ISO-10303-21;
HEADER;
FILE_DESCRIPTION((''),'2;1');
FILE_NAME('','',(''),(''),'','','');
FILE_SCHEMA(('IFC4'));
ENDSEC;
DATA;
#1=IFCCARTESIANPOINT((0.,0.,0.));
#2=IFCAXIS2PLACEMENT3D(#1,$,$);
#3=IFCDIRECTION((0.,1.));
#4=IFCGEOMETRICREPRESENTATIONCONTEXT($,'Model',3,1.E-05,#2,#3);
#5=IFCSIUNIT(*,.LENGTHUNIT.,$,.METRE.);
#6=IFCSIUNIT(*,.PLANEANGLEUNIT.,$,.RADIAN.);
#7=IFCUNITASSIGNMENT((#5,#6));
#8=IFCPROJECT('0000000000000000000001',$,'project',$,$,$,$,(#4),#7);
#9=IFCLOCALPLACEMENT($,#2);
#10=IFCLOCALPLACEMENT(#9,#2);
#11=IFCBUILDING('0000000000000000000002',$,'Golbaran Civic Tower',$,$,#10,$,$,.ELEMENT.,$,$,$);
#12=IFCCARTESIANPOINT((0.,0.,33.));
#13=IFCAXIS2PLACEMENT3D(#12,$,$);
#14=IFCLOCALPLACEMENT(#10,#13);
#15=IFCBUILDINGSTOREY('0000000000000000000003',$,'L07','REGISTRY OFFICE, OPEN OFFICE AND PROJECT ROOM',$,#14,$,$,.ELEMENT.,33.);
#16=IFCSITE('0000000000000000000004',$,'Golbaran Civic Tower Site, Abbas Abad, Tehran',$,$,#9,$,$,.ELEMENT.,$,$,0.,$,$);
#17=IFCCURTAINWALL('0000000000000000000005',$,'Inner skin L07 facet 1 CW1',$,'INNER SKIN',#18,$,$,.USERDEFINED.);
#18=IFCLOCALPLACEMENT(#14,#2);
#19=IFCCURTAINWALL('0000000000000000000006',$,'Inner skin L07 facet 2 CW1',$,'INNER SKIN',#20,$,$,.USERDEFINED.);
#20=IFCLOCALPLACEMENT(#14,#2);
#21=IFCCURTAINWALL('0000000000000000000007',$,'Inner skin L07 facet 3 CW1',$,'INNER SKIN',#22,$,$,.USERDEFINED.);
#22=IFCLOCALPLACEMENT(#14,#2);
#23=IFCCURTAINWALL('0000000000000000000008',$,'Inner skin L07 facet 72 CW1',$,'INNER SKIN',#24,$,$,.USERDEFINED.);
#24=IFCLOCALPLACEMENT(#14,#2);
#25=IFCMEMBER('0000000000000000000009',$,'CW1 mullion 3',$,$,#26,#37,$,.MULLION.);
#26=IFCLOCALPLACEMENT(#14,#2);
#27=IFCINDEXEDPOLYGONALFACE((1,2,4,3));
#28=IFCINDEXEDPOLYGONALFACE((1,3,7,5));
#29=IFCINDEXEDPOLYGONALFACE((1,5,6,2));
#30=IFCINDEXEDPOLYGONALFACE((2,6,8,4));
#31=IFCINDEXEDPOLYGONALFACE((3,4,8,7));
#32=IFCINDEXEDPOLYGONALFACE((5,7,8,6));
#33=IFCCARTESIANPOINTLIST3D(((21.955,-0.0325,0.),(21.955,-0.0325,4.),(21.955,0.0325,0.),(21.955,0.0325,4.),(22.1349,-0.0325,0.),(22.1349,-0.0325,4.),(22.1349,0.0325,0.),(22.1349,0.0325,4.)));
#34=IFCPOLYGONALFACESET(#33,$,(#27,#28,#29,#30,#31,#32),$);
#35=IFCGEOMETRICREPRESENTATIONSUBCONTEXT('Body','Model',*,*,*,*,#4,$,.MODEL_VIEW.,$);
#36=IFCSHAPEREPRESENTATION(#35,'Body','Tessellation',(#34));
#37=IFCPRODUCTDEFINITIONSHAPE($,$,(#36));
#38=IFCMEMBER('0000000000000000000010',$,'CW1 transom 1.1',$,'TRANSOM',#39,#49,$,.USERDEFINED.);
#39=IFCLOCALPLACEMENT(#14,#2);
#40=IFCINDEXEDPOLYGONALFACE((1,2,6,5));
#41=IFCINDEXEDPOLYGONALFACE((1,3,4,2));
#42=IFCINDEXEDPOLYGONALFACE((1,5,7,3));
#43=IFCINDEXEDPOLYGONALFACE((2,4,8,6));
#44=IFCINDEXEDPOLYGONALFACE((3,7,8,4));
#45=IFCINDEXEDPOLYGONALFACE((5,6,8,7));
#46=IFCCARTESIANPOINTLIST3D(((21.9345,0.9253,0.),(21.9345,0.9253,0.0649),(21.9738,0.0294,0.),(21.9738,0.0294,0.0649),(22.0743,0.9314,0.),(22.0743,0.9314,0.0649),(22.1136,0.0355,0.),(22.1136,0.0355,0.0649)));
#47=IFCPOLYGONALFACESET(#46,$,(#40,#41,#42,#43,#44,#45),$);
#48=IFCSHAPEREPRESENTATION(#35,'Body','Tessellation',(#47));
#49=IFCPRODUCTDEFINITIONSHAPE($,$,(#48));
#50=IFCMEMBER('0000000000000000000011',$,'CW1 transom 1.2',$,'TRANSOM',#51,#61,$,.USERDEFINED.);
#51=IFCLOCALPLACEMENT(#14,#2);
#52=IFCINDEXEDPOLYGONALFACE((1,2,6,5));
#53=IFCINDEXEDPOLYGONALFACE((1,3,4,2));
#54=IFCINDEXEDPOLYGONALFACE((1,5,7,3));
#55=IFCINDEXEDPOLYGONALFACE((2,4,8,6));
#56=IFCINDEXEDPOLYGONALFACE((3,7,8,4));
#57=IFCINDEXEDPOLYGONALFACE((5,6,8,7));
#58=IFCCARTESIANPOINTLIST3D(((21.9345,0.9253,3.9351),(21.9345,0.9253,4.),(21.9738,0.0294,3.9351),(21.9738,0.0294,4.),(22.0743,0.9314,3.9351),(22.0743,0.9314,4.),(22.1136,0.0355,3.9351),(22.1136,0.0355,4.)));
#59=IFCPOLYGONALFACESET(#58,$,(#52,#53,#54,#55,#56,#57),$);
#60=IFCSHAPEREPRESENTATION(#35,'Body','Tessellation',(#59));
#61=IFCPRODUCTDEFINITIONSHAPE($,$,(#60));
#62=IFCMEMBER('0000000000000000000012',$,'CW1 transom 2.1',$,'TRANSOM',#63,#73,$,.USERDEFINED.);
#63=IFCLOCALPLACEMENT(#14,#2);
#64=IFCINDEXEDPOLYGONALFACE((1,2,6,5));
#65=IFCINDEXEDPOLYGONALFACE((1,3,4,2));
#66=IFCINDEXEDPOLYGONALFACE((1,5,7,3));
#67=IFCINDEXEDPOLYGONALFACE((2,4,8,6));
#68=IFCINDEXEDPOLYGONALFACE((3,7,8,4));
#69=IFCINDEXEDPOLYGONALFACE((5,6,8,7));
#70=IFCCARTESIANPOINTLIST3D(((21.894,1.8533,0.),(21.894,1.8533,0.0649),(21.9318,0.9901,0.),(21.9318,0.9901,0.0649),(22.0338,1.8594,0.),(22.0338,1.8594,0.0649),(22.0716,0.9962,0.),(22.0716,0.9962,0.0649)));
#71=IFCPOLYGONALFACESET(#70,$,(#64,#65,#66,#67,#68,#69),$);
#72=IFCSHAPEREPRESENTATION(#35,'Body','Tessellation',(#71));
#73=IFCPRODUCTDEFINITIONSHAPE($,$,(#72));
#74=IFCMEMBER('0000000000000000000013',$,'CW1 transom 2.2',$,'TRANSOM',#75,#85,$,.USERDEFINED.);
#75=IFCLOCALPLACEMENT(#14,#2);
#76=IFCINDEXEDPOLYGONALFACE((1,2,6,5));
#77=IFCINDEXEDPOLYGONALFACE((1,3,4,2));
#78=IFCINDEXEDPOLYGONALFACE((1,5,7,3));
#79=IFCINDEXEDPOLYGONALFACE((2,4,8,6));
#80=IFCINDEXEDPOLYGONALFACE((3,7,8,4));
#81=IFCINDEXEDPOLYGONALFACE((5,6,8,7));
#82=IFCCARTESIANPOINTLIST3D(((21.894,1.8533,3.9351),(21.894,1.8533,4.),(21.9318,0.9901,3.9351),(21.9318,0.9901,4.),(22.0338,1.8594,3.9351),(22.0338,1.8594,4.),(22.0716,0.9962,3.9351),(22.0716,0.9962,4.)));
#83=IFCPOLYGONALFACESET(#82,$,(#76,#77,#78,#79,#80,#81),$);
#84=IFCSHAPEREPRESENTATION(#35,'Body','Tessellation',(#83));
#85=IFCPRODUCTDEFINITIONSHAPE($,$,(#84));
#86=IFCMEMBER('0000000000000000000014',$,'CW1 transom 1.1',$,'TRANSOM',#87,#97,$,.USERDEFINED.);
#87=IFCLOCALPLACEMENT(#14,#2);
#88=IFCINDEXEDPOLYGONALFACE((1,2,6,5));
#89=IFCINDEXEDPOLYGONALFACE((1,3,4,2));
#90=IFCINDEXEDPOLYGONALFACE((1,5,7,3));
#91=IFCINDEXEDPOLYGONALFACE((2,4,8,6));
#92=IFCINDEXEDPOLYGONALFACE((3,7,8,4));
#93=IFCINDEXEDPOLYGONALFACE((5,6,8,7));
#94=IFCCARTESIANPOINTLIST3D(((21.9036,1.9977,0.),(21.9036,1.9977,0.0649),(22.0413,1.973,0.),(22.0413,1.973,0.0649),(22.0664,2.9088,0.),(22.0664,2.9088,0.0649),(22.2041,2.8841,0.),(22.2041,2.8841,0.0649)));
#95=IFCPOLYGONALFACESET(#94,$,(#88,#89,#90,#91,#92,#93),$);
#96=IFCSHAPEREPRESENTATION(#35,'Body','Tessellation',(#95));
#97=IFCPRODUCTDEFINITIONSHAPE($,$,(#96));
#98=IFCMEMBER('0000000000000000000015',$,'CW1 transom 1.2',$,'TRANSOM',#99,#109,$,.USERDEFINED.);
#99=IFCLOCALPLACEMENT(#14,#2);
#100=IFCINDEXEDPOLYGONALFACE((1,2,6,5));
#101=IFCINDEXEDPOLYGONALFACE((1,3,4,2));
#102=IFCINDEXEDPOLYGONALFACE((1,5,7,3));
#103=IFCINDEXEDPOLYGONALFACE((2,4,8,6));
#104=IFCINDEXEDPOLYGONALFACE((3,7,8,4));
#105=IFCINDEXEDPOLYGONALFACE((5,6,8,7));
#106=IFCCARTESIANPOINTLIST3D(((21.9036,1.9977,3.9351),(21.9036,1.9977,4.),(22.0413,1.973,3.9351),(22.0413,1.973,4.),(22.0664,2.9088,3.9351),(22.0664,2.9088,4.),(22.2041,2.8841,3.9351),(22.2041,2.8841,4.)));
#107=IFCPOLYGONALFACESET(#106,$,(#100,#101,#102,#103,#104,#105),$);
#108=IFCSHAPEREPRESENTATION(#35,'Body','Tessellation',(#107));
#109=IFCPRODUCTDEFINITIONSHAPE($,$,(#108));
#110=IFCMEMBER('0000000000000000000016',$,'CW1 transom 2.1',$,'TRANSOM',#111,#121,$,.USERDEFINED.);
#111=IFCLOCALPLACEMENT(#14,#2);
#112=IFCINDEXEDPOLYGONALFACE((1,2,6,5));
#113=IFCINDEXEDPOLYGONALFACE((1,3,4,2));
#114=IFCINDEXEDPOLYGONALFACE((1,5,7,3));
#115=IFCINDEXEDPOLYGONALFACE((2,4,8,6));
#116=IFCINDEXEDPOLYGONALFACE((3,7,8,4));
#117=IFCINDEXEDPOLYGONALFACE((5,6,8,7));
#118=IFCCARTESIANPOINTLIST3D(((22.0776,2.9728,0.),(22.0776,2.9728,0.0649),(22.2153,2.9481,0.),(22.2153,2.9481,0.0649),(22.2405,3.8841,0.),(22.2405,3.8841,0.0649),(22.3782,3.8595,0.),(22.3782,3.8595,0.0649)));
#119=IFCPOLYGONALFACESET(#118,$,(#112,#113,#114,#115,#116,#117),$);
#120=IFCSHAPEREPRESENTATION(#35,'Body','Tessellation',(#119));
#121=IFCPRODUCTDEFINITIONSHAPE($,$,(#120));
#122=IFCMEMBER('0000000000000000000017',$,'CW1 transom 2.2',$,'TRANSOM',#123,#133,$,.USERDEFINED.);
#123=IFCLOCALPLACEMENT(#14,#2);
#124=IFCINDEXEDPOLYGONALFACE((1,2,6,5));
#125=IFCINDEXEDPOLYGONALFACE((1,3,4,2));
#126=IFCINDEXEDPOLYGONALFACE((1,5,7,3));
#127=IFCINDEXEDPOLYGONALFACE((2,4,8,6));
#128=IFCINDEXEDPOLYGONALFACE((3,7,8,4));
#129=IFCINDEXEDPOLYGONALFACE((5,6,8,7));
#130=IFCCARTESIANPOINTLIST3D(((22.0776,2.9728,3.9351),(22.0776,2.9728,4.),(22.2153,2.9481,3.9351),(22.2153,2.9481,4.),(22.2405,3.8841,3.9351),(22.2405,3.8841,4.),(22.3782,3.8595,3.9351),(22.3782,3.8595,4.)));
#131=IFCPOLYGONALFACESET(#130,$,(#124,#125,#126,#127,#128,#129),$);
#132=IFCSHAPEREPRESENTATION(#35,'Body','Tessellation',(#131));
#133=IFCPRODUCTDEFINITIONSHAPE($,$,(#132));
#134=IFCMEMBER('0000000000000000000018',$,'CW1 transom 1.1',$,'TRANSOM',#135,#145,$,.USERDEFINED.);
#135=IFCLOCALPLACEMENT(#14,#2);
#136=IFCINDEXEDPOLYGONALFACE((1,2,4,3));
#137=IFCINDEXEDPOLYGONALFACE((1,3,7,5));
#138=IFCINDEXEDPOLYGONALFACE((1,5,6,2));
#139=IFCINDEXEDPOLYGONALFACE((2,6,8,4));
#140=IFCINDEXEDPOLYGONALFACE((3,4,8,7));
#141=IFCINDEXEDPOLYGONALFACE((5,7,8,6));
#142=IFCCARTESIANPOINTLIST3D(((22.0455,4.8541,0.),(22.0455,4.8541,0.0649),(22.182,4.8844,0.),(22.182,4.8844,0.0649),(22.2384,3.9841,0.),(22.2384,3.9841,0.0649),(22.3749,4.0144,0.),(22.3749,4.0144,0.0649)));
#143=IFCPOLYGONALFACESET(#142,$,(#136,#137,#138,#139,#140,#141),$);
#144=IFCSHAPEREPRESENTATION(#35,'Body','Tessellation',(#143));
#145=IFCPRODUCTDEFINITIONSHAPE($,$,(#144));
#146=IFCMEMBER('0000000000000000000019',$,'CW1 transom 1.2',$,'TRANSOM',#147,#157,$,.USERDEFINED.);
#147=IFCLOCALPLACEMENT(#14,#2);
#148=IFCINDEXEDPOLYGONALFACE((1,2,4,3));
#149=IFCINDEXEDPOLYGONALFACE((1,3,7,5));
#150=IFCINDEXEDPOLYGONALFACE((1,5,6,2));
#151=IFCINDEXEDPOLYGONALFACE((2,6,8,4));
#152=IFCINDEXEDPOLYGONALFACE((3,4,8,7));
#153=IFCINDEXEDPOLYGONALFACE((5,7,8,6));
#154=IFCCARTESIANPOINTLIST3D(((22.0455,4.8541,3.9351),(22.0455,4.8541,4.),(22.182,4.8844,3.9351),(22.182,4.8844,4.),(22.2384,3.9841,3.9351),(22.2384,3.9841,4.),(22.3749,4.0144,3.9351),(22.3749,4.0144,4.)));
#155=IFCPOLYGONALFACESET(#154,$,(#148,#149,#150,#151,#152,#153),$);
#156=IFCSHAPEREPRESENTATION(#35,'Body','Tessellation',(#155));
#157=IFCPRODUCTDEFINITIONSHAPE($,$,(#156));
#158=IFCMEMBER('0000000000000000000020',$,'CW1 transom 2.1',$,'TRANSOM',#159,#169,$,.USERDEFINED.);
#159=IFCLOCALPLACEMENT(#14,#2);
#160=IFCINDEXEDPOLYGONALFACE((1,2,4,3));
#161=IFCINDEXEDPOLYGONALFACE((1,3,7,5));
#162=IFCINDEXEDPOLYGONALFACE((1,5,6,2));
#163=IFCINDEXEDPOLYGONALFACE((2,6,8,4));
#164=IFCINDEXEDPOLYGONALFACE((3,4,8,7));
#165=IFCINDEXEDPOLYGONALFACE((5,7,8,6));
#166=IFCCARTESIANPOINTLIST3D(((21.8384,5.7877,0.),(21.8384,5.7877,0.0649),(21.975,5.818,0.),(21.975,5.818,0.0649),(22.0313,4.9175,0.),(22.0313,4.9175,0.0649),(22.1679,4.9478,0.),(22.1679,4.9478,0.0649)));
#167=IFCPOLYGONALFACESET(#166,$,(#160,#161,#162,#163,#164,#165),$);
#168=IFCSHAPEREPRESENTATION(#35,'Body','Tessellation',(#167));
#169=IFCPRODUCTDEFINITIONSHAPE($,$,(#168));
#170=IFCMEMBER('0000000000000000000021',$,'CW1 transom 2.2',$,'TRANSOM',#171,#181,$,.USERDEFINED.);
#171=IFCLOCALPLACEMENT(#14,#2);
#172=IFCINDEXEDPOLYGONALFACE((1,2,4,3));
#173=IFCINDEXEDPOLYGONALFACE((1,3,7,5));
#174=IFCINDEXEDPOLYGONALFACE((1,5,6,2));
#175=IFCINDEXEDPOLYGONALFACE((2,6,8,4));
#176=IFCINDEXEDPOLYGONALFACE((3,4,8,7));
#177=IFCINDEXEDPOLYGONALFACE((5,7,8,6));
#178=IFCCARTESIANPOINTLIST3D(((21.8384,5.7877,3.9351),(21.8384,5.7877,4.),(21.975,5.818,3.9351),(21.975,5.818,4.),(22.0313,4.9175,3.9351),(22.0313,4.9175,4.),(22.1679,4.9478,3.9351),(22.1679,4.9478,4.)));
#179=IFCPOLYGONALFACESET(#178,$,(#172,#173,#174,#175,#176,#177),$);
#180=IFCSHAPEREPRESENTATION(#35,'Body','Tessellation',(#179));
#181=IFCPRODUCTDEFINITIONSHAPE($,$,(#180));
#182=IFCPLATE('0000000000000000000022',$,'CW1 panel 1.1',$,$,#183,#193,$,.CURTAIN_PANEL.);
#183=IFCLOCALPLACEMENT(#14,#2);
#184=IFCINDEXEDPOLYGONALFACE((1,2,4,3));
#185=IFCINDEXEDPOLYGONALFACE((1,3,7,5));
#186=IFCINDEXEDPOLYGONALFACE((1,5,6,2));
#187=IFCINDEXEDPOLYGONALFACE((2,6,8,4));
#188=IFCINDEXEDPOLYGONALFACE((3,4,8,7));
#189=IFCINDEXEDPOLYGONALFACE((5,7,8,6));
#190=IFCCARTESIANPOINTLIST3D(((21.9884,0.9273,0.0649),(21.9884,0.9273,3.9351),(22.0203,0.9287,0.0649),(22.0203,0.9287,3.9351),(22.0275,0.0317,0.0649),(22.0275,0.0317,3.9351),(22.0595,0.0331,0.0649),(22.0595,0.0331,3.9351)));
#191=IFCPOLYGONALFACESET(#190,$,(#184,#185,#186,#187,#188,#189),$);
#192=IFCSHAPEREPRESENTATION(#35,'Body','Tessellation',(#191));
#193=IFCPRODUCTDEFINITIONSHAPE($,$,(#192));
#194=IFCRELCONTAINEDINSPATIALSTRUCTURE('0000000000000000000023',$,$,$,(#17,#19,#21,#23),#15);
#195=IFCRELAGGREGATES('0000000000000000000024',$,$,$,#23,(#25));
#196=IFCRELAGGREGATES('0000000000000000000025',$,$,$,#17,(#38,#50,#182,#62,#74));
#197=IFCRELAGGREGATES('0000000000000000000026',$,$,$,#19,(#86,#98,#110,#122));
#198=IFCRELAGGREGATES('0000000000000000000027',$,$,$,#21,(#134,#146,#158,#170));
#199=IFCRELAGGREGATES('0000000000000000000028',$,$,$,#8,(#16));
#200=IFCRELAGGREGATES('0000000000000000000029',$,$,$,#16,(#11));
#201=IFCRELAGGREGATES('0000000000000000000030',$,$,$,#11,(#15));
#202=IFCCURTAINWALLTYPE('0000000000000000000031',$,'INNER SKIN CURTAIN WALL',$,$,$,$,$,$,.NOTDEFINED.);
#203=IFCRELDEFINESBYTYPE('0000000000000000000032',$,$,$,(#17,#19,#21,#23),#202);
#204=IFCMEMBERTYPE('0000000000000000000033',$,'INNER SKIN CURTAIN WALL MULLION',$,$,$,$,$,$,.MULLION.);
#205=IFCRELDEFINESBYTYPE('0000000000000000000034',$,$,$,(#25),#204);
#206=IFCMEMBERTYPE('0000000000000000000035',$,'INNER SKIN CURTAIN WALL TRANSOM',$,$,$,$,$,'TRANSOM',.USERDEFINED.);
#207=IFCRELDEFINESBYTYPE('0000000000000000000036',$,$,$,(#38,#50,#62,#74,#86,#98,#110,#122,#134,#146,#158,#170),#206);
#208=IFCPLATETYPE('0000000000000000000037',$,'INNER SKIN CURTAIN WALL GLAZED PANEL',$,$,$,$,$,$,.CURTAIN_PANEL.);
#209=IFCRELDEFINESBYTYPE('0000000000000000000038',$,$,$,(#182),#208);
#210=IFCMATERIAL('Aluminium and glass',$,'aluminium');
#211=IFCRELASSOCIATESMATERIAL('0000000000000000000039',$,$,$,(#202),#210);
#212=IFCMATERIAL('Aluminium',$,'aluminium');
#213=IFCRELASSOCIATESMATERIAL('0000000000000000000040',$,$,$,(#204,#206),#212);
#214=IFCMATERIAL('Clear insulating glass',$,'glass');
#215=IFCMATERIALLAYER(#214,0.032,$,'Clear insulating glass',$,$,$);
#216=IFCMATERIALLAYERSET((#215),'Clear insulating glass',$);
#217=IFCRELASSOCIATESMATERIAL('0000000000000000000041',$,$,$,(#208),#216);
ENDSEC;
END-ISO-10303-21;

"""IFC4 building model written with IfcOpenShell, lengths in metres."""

from ifc_helpers import new_model, si_unit, direction, frame, origin, origin_2d, place, context, subcontext, project, spatial, rectangle, extrude, material, layer, layer_set, material_profile, profile_set, type_object, element, aggregate, save


model = new_model("IFC4")

# Units and contexts
model_context = context("Model", 3, precision=1e-05, world=origin(), true_north=direction((0.0, 1.0)))
body_context = subcontext(model_context, "Body", "Model", "MODEL_VIEW")
ifc_project = project(units=[si_unit("LENGTHUNIT", "METRE"), si_unit("PLANEANGLEUNIT", "RADIAN")], contexts=[model_context])

# Site, building, storey
site_placement = place(None, origin())
site = spatial("IfcSite", under=ifc_project, at=site_placement, Name="Golbaran Civic Tower Site, Abbas Abad, Tehran", CompositionType="ELEMENT", RefElevation=0.0)
building_placement = place(site_placement, origin())
building = spatial("IfcBuilding", under=site, at=building_placement, Name="Golbaran Civic Tower", CompositionType="ELEMENT")
storey_placement = place(building_placement, frame((0.0, 0.0, 33.0)))
storey = spatial("IfcBuildingStorey", under=building, at=storey_placement, Name="L07", Description="REGISTRY OFFICE, OPEN OFFICE AND PROJECT ROOM", CompositionType="ELEMENT", Elevation=33.0)

# Curtain walls
ifc_material_1 = material(Name="Aluminium and glass", Category="aluminium")
curtain_wall_type = type_object("IfcCurtainWallType", Name="INNER SKIN CURTAIN WALL", PredefinedType="NOTDEFINED", material=ifc_material_1)
curtain_wall_1_placement = place(storey_placement, origin())
curtain_wall_1 = element("IfcCurtainWall", 1, at=curtain_wall_1_placement, inside=storey, type_object=curtain_wall_type, Name="Inner skin L07 facet 1 CW1", ObjectType="INNER SKIN", PredefinedType="USERDEFINED")
ifc_material_2 = material(Name="Aluminium", Category="aluminium")
ifc_material_profile_1 = material_profile(ifc_material_2, rectangle(XDim=0.1799, YDim=0.0649, at=origin_2d()), Name="INNER SKIN CURTAIN WALL MULLION")
ifc_profile_set_1 = profile_set([ifc_material_profile_1], Name="Aluminium")
member_type_1 = type_object("IfcMemberType", Name="INNER SKIN CURTAIN WALL MULLION", PredefinedType="MULLION", material=ifc_profile_set_1)
curtain_wall_2_placement = place(storey_placement, origin())
curtain_wall_2 = element("IfcCurtainWall", 2, at=curtain_wall_2_placement, inside=storey, type_object=curtain_wall_type, Name="Inner skin L07 facet 2 CW1", ObjectType="INNER SKIN", PredefinedType="USERDEFINED")
curtain_wall_3_placement = place(storey_placement, origin())
curtain_wall_3 = element("IfcCurtainWall", 3, at=curtain_wall_3_placement, inside=storey, type_object=curtain_wall_type, Name="Inner skin L07 facet 3 CW1", ObjectType="INNER SKIN", PredefinedType="USERDEFINED")

# Curtain wall, member
curtain_wall_4_placement = place(storey_placement, origin())
curtain_wall_4 = element("IfcCurtainWall", 4, at=curtain_wall_4_placement, inside=storey, type_object=curtain_wall_type, Name="Inner skin L07 facet 72 CW1", ObjectType="INNER SKIN", PredefinedType="USERDEFINED")
member_1_placement = place(storey_placement, frame((22.0449, 0.0, 0.0), z_axis=(0.0, 0.0, 1.0), x_axis=(-1.0, 0.0, 0.0)))
member_1 = element("IfcMember", 5, at=member_1_placement, type_object=member_type_1, Name="CW1 mullion 3", PredefinedType="MULLION", context=body_context, shape_type="SweptSolid", body=[
    extrude(rectangle(XDim=0.1799, YDim=0.0649, at=origin_2d()), origin(), (0.0, 0.0, 1.0), 4.0),
])
aggregate(curtain_wall_4, [member_1])

# Members
ifc_material_profile_2 = material_profile(ifc_material_2, rectangle(XDim=0.1399, YDim=0.0649, at=origin_2d()), Name="INNER SKIN CURTAIN WALL TRANSOM")
ifc_profile_set_2 = profile_set([ifc_material_profile_2], Name="Aluminium")
member_type_2 = type_object("IfcMemberType", Name="INNER SKIN CURTAIN WALL TRANSOM", ElementType="TRANSOM", PredefinedType="USERDEFINED", material=ifc_profile_set_2)
member_2_placement = place(storey_placement, frame((22.0437, 0.0325, 0.0325), z_axis=(-0.043839, 0.999039, 0.0), x_axis=(-0.999039, -0.043839, 0.0)))
member_2 = element("IfcMember", 6, at=member_2_placement, type_object=member_type_2, Name="CW1 transom 1.1", ObjectType="TRANSOM", PredefinedType="USERDEFINED", context=body_context, shape_type="SweptSolid", body=[
    extrude(rectangle(XDim=0.1399, YDim=0.0649, at=origin_2d()), origin(), (0.0, 0.0, 1.0), 0.8967),
])
member_3_placement = place(storey_placement, frame((22.0437, 0.0325, 3.9675), z_axis=(-0.043839, 0.999039, 0.0), x_axis=(-0.999039, -0.043839, 0.0)))
member_3 = element("IfcMember", 7, at=member_3_placement, type_object=member_type_2, Name="CW1 transom 1.2", ObjectType="TRANSOM", PredefinedType="USERDEFINED", context=body_context, shape_type="SweptSolid", body=[
    extrude(rectangle(XDim=0.1399, YDim=0.0649, at=origin_2d()), origin(), (0.0, 0.0, 1.0), 0.8967),
])
member_4_placement = place(storey_placement, frame((22.0017, 0.9932, 0.0325), z_axis=(-0.043793, 0.999041, 0.0), x_axis=(-0.999041, -0.043793, 0.0)))
member_4 = element("IfcMember", 8, at=member_4_placement, type_object=member_type_2, Name="CW1 transom 2.1", ObjectType="TRANSOM", PredefinedType="USERDEFINED", context=body_context, shape_type="SweptSolid", body=[
    extrude(rectangle(XDim=0.1399, YDim=0.0649, at=origin_2d()), origin(), (0.0, 0.0, 1.0), 0.864),
])
member_5_placement = place(storey_placement, frame((22.0017, 0.9932, 3.9675), z_axis=(-0.043793, 0.999041, 0.0), x_axis=(-0.999041, -0.043793, 0.0)))
member_5 = element("IfcMember", 9, at=member_5_placement, type_object=member_type_2, Name="CW1 transom 2.2", ObjectType="TRANSOM", PredefinedType="USERDEFINED", context=body_context, shape_type="SweptSolid", body=[
    extrude(rectangle(XDim=0.1399, YDim=0.0649, at=origin_2d()), origin(), (0.0, 0.0, 1.0), 0.864),
])
member_6_placement = place(storey_placement, frame((21.9724, 1.9854, 0.0325), z_axis=(0.175937, 0.984401, 0.0), x_axis=(-0.984401, 0.175937, 0.0)))
member_6 = element("IfcMember", 10, at=member_6_placement, type_object=member_type_2, Name="CW1 transom 1.1", ObjectType="TRANSOM", PredefinedType="USERDEFINED", context=body_context, shape_type="SweptSolid", body=[
    extrude(rectangle(XDim=0.1399, YDim=0.0649, at=origin_2d()), origin(), (0.0, 0.0, 1.0), 0.9255),
])
member_7_placement = place(storey_placement, frame((21.9724, 1.9854, 3.9675), z_axis=(0.175937, 0.984401, 0.0), x_axis=(-0.984401, 0.175937, 0.0)))
member_7 = element("IfcMember", 11, at=member_7_placement, type_object=member_type_2, Name="CW1 transom 1.2", ObjectType="TRANSOM", PredefinedType="USERDEFINED", context=body_context, shape_type="SweptSolid", body=[
    extrude(rectangle(XDim=0.1399, YDim=0.0649, at=origin_2d()), origin(), (0.0, 0.0, 1.0), 0.9255),
])
member_8_placement = place(storey_placement, frame((22.1465, 2.9604, 0.0325), z_axis=(0.175891, 0.98441, 0.0), x_axis=(-0.98441, 0.175891, 0.0)))
member_8 = element("IfcMember", 12, at=member_8_placement, type_object=member_type_2, Name="CW1 transom 2.1", ObjectType="TRANSOM", PredefinedType="USERDEFINED", context=body_context, shape_type="SweptSolid", body=[
    extrude(rectangle(XDim=0.1399, YDim=0.0649, at=origin_2d()), origin(), (0.0, 0.0, 1.0), 0.9258),
])
member_9_placement = place(storey_placement, frame((22.1465, 2.9604, 3.9675), z_axis=(0.175891, 0.98441, 0.0), x_axis=(-0.98441, 0.175891, 0.0)))
member_9 = element("IfcMember", 13, at=member_9_placement, type_object=member_type_2, Name="CW1 transom 2.2", ObjectType="TRANSOM", PredefinedType="USERDEFINED", context=body_context, shape_type="SweptSolid", body=[
    extrude(rectangle(XDim=0.1399, YDim=0.0649, at=origin_2d()), origin(), (0.0, 0.0, 1.0), 0.9258),
])
member_10_placement = place(storey_placement, frame((22.3066, 3.9993, 0.0325), z_axis=(-0.216466, 0.97629, 0.0), x_axis=(-0.97629, -0.216466, 0.0)))
member_10 = element("IfcMember", 14, at=member_10_placement, type_object=member_type_2, Name="CW1 transom 1.1", ObjectType="TRANSOM", PredefinedType="USERDEFINED", context=body_context, shape_type="SweptSolid", body=[
    extrude(rectangle(XDim=0.1399, YDim=0.0649, at=origin_2d()), origin(), (0.0, 0.0, 1.0), 0.8911),
])
member_11_placement = place(storey_placement, frame((22.3066, 3.9993, 3.9675), z_axis=(-0.216466, 0.97629, 0.0), x_axis=(-0.97629, -0.216466, 0.0)))
member_11 = element("IfcMember", 15, at=member_11_placement, type_object=member_type_2, Name="CW1 transom 1.2", ObjectType="TRANSOM", PredefinedType="USERDEFINED", context=body_context, shape_type="SweptSolid", body=[
    extrude(rectangle(XDim=0.1399, YDim=0.0649, at=origin_2d()), origin(), (0.0, 0.0, 1.0), 0.8911),
])
member_12_placement = place(storey_placement, frame((22.0996, 4.9326, 0.0325), z_axis=(-0.216408, 0.976303, 0.0), x_axis=(-0.976303, -0.216408, 0.0)))
member_12 = element("IfcMember", 16, at=member_12_placement, type_object=member_type_2, Name="CW1 transom 2.1", ObjectType="TRANSOM", PredefinedType="USERDEFINED", context=body_context, shape_type="SweptSolid", body=[
    extrude(rectangle(XDim=0.1399, YDim=0.0649, at=origin_2d()), origin(), (0.0, 0.0, 1.0), 0.8914),
])
member_13_placement = place(storey_placement, frame((22.0996, 4.9326, 3.9675), z_axis=(-0.216408, 0.976303, 0.0), x_axis=(-0.976303, -0.216408, 0.0)))
member_13 = element("IfcMember", 17, at=member_13_placement, type_object=member_type_2, Name="CW1 transom 2.2", ObjectType="TRANSOM", PredefinedType="USERDEFINED", context=body_context, shape_type="SweptSolid", body=[
    extrude(rectangle(XDim=0.1399, YDim=0.0649, at=origin_2d()), origin(), (0.0, 0.0, 1.0), 0.8914),
])

# Plate
ifc_material_3 = material(Name="Clear insulating glass", Category="glass")
ifc_layer_1 = layer(ifc_material_3, 0.032, Name="Clear insulating glass")
ifc_layer_set_1 = layer_set([ifc_layer_1], Name="Clear insulating glass")
plate_type_1 = type_object("IfcPlateType", Name="INNER SKIN CURTAIN WALL GLAZED PANEL", PredefinedType="CURTAIN_PANEL", material=ifc_layer_set_1)
plate_1_placement = place(storey_placement, frame((22.0239, 0.4802, 0.0649), z_axis=(0.0, 0.0, 1.0), x_axis=(-0.043619, 0.999048, 0.0)))
plate_1 = element("IfcPlate", 18, at=plate_1_placement, type_object=plate_type_1, Name="CW1 panel 1.1", PredefinedType="CURTAIN_PANEL", context=body_context, shape_type="SweptSolid", body=[
    extrude(rectangle(XDim=0.8965, YDim=0.032, at=origin_2d()), origin(), (0.0, 0.0, 1.0), 3.8701),
])
aggregate(curtain_wall_1, [member_2, member_3, plate_1, member_4, member_5])
aggregate(curtain_wall_2, [member_6, member_7, member_8, member_9])
aggregate(curtain_wall_3, [member_10, member_11, member_12, member_13])

save(model, "model.ifc")
